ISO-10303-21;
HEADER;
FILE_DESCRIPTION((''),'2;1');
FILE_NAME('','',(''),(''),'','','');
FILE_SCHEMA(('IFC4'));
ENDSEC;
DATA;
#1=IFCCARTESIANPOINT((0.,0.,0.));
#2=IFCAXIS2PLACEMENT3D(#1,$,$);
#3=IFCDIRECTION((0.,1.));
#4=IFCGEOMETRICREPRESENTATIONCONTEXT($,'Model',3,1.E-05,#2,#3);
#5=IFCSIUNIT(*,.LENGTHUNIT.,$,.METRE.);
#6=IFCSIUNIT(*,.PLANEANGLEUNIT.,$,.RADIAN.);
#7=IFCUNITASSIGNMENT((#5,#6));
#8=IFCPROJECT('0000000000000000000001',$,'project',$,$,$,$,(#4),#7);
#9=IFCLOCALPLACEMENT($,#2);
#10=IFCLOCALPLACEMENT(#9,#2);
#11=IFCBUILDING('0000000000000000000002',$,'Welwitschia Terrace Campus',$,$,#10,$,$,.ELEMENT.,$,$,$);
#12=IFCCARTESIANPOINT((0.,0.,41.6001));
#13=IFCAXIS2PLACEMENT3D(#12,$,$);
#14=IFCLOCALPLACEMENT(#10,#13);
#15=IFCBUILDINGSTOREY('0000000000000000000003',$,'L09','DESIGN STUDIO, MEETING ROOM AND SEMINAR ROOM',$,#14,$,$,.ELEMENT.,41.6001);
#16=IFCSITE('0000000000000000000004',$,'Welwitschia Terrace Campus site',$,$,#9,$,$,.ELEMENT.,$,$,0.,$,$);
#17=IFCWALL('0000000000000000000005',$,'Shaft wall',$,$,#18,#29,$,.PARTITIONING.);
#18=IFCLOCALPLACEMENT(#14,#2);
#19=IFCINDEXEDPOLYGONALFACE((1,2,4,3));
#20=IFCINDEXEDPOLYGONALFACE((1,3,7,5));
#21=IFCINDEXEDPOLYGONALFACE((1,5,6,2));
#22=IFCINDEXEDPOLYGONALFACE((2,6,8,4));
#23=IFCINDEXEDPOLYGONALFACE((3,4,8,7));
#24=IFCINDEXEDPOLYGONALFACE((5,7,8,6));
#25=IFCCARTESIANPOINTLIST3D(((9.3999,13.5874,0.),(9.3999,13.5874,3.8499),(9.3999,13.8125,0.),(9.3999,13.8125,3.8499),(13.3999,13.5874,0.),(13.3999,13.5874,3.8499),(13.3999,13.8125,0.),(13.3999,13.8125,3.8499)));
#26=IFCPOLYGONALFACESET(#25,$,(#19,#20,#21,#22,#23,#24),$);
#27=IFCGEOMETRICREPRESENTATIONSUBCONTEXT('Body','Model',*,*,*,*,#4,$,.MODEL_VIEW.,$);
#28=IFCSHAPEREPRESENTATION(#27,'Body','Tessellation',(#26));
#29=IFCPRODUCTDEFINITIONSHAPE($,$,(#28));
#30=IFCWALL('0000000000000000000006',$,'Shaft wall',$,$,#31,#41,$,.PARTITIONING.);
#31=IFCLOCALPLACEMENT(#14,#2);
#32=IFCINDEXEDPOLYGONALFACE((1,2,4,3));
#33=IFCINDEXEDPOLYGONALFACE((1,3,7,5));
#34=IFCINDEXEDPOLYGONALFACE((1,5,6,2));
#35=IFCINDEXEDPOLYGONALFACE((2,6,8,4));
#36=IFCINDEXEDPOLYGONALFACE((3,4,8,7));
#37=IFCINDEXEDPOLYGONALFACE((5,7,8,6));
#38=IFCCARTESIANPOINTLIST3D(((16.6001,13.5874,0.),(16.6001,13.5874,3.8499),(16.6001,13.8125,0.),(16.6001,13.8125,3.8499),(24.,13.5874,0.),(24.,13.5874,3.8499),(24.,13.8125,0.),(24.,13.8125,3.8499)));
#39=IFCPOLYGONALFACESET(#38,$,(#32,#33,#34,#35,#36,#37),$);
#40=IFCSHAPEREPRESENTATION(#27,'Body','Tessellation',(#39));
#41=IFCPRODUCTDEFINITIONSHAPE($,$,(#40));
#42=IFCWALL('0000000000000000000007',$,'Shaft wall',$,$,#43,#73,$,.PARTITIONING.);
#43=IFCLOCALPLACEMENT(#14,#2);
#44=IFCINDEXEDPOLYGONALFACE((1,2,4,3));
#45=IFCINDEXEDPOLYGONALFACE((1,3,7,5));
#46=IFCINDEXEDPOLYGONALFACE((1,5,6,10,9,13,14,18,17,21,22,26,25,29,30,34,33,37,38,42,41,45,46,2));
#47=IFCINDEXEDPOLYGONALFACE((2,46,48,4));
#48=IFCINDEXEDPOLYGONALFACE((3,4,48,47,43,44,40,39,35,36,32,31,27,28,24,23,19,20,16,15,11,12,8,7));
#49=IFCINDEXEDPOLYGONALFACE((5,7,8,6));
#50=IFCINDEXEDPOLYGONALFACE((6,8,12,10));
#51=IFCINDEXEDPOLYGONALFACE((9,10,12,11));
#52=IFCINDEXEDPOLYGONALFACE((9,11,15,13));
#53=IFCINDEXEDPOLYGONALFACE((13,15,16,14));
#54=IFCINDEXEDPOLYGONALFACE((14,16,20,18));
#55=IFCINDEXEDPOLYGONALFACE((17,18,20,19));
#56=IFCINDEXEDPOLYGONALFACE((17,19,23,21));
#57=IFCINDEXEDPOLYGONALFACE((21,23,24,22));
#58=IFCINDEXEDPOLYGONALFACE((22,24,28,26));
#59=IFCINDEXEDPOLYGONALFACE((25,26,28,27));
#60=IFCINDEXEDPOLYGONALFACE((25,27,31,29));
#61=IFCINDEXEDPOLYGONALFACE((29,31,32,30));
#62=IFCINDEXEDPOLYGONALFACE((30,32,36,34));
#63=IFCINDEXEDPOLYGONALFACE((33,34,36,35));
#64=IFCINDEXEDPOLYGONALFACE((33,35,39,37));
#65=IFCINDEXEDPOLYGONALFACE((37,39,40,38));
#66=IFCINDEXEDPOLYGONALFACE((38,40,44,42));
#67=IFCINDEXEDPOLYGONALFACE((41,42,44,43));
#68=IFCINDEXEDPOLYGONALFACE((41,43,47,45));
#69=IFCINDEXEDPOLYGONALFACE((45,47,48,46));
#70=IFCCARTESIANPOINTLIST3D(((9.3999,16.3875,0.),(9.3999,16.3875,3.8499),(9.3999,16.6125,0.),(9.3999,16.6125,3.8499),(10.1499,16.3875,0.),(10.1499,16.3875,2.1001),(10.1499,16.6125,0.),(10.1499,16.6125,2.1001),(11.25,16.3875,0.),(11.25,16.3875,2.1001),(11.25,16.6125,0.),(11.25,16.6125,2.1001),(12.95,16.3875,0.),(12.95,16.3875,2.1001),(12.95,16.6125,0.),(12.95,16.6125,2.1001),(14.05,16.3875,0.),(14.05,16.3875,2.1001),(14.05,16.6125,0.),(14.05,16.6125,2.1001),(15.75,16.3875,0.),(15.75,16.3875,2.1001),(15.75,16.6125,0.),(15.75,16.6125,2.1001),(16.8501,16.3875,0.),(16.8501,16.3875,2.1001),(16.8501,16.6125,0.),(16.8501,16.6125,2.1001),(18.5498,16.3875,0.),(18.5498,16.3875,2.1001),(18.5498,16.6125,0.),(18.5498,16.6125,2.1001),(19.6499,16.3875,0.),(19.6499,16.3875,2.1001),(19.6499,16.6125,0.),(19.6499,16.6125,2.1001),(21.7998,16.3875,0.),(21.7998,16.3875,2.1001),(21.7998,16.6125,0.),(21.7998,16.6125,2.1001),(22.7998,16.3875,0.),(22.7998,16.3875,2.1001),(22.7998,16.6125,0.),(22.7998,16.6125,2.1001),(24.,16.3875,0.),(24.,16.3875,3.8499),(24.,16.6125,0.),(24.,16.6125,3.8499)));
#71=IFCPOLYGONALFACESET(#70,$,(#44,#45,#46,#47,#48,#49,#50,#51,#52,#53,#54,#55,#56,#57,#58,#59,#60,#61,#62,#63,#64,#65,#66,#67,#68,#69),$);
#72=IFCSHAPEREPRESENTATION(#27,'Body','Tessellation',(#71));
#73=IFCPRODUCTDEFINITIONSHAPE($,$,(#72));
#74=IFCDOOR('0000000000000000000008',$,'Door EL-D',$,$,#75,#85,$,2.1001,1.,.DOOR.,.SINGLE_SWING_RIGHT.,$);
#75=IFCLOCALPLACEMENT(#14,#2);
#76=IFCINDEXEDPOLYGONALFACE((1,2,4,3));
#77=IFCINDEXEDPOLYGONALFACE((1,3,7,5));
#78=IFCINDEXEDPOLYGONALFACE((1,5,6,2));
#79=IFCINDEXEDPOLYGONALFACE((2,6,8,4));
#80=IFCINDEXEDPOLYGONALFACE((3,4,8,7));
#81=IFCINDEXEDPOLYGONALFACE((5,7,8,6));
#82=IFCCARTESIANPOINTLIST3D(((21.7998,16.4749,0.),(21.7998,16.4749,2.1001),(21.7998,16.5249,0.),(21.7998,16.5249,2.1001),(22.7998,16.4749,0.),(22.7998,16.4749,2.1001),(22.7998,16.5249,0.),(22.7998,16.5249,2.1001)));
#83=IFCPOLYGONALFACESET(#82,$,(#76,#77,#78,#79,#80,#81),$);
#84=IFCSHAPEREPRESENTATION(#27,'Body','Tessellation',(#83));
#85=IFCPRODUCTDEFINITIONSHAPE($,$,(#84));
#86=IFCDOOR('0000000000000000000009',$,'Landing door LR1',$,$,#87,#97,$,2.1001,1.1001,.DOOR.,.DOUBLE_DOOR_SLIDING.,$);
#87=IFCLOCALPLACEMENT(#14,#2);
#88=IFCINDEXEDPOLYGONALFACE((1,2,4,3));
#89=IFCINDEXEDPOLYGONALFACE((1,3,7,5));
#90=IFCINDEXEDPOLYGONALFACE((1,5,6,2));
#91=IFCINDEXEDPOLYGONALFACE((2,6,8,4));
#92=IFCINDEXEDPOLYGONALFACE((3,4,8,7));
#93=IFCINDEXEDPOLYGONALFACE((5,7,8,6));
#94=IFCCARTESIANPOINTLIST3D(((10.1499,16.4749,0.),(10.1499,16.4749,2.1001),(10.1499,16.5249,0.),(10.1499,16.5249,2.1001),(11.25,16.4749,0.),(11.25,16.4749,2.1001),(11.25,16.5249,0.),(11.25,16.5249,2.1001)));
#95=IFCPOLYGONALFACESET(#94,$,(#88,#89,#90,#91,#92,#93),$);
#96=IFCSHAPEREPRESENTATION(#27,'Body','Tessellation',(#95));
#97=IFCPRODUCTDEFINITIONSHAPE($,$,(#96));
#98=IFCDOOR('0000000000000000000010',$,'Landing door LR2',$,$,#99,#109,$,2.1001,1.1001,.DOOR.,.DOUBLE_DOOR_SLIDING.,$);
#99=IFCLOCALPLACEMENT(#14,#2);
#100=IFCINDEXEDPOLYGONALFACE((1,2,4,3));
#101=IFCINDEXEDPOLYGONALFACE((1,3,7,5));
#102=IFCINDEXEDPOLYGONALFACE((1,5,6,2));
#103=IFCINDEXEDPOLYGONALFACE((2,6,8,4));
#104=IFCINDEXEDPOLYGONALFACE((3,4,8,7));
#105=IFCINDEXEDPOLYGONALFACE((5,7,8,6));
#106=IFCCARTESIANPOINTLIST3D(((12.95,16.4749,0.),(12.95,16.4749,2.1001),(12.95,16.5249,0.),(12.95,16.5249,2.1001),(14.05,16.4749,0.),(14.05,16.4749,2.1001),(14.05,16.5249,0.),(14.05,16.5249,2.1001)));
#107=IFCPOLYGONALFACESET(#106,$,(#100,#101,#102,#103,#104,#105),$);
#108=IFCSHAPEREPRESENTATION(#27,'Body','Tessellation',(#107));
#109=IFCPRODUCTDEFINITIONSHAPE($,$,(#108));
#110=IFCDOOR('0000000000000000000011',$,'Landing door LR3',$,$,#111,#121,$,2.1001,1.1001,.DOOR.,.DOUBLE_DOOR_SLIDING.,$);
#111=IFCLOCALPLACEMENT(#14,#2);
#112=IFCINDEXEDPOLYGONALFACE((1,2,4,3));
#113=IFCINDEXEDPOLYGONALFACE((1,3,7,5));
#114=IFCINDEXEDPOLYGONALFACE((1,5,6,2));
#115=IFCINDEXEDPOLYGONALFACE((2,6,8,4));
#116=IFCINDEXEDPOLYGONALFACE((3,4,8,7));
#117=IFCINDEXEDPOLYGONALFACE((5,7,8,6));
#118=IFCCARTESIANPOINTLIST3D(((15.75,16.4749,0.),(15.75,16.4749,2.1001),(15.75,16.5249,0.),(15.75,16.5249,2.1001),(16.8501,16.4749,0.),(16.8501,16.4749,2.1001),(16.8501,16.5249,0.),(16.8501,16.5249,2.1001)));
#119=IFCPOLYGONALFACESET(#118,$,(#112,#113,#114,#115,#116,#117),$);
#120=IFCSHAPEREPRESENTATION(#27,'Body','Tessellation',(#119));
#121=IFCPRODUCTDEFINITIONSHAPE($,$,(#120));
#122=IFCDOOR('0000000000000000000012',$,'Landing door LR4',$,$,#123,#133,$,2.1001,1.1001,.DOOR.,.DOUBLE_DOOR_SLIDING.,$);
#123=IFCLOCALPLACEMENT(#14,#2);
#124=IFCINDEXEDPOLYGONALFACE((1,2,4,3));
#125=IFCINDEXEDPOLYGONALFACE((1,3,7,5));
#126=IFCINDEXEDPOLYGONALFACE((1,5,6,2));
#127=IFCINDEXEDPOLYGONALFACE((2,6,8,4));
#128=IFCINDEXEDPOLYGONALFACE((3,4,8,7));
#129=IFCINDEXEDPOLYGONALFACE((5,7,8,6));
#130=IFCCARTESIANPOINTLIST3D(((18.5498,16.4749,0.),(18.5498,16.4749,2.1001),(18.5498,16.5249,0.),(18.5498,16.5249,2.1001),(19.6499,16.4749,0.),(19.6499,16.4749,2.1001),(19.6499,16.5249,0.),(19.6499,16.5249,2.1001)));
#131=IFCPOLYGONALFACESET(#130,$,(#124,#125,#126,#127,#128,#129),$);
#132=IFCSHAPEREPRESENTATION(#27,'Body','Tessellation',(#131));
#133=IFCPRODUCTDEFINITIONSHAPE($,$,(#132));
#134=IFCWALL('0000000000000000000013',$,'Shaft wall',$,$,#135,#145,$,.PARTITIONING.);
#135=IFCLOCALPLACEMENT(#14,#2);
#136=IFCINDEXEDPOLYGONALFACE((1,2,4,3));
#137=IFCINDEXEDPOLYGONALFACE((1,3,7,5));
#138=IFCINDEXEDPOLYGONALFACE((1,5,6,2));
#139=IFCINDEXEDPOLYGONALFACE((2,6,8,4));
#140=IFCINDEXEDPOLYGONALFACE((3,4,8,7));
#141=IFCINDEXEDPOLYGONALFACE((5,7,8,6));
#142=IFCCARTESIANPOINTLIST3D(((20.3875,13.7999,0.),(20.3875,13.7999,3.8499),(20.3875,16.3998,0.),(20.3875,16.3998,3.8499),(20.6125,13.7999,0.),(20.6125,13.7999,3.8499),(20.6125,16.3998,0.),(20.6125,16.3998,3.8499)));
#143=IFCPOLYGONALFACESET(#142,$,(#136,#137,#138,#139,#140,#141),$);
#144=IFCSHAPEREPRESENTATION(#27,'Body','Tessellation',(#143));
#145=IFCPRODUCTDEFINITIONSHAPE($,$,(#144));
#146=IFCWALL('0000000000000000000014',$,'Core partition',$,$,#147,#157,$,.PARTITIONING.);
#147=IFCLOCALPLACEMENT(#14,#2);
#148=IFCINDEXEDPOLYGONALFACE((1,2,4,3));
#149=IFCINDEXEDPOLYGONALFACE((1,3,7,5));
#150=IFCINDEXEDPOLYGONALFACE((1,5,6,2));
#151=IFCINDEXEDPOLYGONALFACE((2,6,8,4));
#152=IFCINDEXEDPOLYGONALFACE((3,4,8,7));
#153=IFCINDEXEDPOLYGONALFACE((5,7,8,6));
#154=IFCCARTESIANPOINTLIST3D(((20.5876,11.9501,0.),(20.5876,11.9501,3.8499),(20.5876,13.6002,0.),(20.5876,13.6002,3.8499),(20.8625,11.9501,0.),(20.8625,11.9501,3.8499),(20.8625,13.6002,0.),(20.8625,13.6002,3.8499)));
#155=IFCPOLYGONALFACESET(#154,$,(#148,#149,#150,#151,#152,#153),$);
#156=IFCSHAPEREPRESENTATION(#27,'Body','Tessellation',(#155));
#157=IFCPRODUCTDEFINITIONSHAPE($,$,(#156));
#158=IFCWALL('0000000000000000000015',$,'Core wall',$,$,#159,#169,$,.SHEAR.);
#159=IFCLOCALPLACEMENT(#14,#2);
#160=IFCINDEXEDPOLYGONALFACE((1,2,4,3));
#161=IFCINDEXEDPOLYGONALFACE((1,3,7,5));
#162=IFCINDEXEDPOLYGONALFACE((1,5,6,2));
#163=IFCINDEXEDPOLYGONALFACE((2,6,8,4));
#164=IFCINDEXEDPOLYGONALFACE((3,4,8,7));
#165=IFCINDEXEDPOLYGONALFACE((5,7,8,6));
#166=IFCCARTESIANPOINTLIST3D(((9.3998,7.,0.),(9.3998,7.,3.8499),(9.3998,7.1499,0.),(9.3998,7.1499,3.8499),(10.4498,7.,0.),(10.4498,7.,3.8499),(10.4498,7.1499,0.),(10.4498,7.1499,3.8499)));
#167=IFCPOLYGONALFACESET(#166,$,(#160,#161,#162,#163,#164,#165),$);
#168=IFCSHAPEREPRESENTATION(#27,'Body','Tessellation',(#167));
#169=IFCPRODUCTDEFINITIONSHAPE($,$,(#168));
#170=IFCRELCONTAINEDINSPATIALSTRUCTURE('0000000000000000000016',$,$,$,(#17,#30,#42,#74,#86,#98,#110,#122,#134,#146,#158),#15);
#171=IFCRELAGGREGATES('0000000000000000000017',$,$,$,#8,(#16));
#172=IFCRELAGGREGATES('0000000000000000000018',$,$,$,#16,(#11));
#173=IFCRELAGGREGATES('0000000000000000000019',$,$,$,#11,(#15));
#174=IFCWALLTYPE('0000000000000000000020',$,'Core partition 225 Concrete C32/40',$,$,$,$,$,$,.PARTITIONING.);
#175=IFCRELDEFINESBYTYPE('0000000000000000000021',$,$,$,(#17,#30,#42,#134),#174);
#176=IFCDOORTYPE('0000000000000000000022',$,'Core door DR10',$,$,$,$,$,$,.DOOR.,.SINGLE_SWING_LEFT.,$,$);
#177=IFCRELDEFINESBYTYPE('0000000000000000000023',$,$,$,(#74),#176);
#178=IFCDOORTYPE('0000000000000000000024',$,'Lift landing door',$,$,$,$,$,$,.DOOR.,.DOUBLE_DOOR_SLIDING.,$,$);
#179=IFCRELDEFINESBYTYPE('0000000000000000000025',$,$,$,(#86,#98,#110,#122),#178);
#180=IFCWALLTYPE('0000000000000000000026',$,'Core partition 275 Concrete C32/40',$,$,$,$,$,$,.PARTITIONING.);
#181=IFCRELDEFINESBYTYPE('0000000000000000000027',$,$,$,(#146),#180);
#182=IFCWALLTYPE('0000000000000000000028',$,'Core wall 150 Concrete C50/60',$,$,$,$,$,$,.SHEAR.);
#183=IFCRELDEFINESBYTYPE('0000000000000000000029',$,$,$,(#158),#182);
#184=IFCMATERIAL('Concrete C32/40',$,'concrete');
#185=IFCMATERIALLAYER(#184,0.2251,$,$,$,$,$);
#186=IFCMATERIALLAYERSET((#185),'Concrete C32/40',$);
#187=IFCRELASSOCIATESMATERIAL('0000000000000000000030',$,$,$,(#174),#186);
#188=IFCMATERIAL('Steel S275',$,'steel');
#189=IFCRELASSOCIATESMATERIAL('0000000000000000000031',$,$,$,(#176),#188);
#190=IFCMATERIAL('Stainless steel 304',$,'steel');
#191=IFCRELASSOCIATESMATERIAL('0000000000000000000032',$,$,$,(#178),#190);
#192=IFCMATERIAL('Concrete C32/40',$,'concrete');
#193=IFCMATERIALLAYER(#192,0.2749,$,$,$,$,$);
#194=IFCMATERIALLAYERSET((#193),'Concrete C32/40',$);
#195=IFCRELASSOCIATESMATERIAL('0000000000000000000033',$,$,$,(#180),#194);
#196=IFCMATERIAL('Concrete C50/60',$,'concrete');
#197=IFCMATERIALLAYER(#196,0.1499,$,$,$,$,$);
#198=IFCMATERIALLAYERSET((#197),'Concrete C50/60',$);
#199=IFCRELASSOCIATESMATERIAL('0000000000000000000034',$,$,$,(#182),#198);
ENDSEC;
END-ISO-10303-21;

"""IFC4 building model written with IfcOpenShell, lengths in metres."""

from ifc_helpers import new_model, si_unit, direction, frame, frame_2d, origin, place, context, subcontext, project, spatial, rectangle, extrude, material, layer, layer_set, type_object, element, fill, save


model = new_model("IFC4")

# Units and contexts
model_context = context("Model", 3, precision=1e-05, world=origin(), true_north=direction((0.0, 1.0)))
body_context = subcontext(model_context, "Body", "Model", "MODEL_VIEW")
ifc_project = project(units=[si_unit("LENGTHUNIT", "METRE"), si_unit("PLANEANGLEUNIT", "RADIAN")], contexts=[model_context])

# Site, building, storey
site_placement = place(None, origin())
site = spatial("IfcSite", under=ifc_project, at=site_placement, Name="Welwitschia Terrace Campus site", CompositionType="ELEMENT", RefElevation=0.0)
building_placement = place(site_placement, origin())
building = spatial("IfcBuilding", under=site, at=building_placement, Name="Welwitschia Terrace Campus", CompositionType="ELEMENT")
storey_placement = place(building_placement, frame((0.0, 0.0, 41.6001)))
storey = spatial("IfcBuildingStorey", under=building, at=storey_placement, Name="L09", Description="DESIGN STUDIO, MEETING ROOM AND SEMINAR ROOM", CompositionType="ELEMENT", Elevation=41.6001)

# Walls
ifc_material_1 = material(Name="Concrete C32/40", Category="concrete")
ifc_layer_1 = layer(ifc_material_1, 0.2251)
ifc_layer_set_1 = layer_set([ifc_layer_1], Name="Concrete C32/40")
wall_type_1 = type_object("IfcWallType", Name="Core partition 225 Concrete C32/40", PredefinedType="PARTITIONING", material=ifc_layer_set_1)
wall_1_placement = place(storey_placement, frame((9.3999, 13.7, 0.0), z_axis=(0.0, 0.0, 1.0), x_axis=(1.0, 0.0, 0.0)))
element("IfcWall", 1, at=wall_1_placement, inside=storey, type_object=wall_type_1, Name="Shaft wall", PredefinedType="PARTITIONING", context=body_context, shape_type="SweptSolid", body=[
    extrude(rectangle(XDim=4.0, YDim=0.2251, at=frame_2d((2.0, 0.0))), origin(), (0.0, 0.0, 1.0), 3.8499),
])
wall_2_placement = place(storey_placement, frame((16.6001, 13.7, 0.0), z_axis=(0.0, 0.0, 1.0), x_axis=(1.0, 0.0, 0.0)))
element("IfcWall", 2, at=wall_2_placement, inside=storey, type_object=wall_type_1, Name="Shaft wall", PredefinedType="PARTITIONING", context=body_context, shape_type="SweptSolid", body=[
    extrude(rectangle(XDim=7.3999, YDim=0.2251, at=frame_2d((3.7, 0.0))), origin(), (0.0, 0.0, 1.0), 3.8499),
])

# Wall, openings, doors
wall_3_placement = place(storey_placement, frame((9.3999, 16.5, 0.0), z_axis=(0.0, 0.0, 1.0), x_axis=(1.0, 0.0, 0.0)))
wall_3 = element("IfcWall", 3, at=wall_3_placement, inside=storey, type_object=wall_type_1, Name="Shaft wall", PredefinedType="PARTITIONING", context=body_context, shape_type="SweptSolid", body=[
    extrude(rectangle(XDim=14.6001, YDim=0.2251, at=frame_2d((7.3, 0.0))), origin(), (0.0, 0.0, 1.0), 3.8499),
])
opening_1_placement = place(wall_3_placement, frame((0.75, 0.0, 0.0)))
opening_1 = element("IfcOpeningElement", 4, at=opening_1_placement, cuts=wall_3, PredefinedType="OPENING", context=body_context, shape_type="SweptSolid", body=[
    extrude(rectangle(XDim=1.1001, YDim=2.1001, at=frame_2d((0.55, 1.05))), frame((0.0, 0.1226, 0.0), z_axis=(0.0, -1.0, 0.0), x_axis=(1.0, 0.0, 0.0)), (0.0, 0.0, 1.0), 0.2451),
])
opening_2_placement = place(wall_3_placement, frame((3.55, 0.0, 0.0)))
opening_2 = element("IfcOpeningElement", 5, at=opening_2_placement, cuts=wall_3, PredefinedType="OPENING", context=body_context, shape_type="SweptSolid", body=[
    extrude(rectangle(XDim=1.1001, YDim=2.1001, at=frame_2d((0.55, 1.05))), frame((0.0, 0.1226, 0.0), z_axis=(0.0, -1.0, 0.0), x_axis=(1.0, 0.0, 0.0)), (0.0, 0.0, 1.0), 0.2451),
])
opening_3_placement = place(wall_3_placement, frame((6.3501, 0.0, 0.0)))
opening_3 = element("IfcOpeningElement", 6, at=opening_3_placement, cuts=wall_3, PredefinedType="OPENING", context=body_context, shape_type="SweptSolid", body=[
    extrude(rectangle(XDim=1.1001, YDim=2.1001, at=frame_2d((0.55, 1.05))), frame((0.0, 0.1226, 0.0), z_axis=(0.0, -1.0, 0.0), x_axis=(1.0, 0.0, 0.0)), (0.0, 0.0, 1.0), 0.2451),
])
opening_4_placement = place(wall_3_placement, frame((9.1499, 0.0, 0.0)))
opening_4 = element("IfcOpeningElement", 7, at=opening_4_placement, cuts=wall_3, PredefinedType="OPENING", context=body_context, shape_type="SweptSolid", body=[
    extrude(rectangle(XDim=1.1001, YDim=2.1001, at=frame_2d((0.55, 1.05))), frame((0.0, 0.1226, 0.0), z_axis=(0.0, -1.0, 0.0), x_axis=(1.0, 0.0, 0.0)), (0.0, 0.0, 1.0), 0.2451),
])
opening_5_placement = place(wall_3_placement, frame((12.3999, 0.0, 0.0)))
opening_5 = element("IfcOpeningElement", 8, at=opening_5_placement, cuts=wall_3, PredefinedType="OPENING", context=body_context, shape_type="SweptSolid", body=[
    extrude(rectangle(XDim=1.0, YDim=2.1001, at=frame_2d((0.5, 1.05))), frame((0.0, 0.1226, 0.0), z_axis=(0.0, -1.0, 0.0), x_axis=(1.0, 0.0, 0.0)), (0.0, 0.0, 1.0), 0.2451),
])
ifc_material_2 = material(Name="Steel S275", Category="steel")
door_type_1 = type_object("IfcDoorType", Name="Core door DR10", OperationType="SINGLE_SWING_LEFT", PredefinedType="DOOR", material=ifc_material_2)
door_1_placement = place(opening_5_placement, origin())
door_1 = element("IfcDoor", 9, at=door_1_placement, inside=storey, type_object=door_type_1, Name="Door EL-D", OperationType="SINGLE_SWING_RIGHT", OverallHeight=2.1001, OverallWidth=1.0, PredefinedType="DOOR", context=body_context, shape_type="SweptSolid", body=[
    extrude(rectangle(XDim=1.0, YDim=2.1001, at=frame_2d((0.5, 1.05))), frame((0.0, 0.0249, 0.0), z_axis=(0.0, -1.0, 0.0), x_axis=(1.0, 0.0, 0.0)), (0.0, 0.0, 1.0), 0.05),
])
fill(opening_5, door_1)
ifc_material_3 = material(Name="Stainless steel 304", Category="steel")
door_type_2 = type_object("IfcDoorType", Name="Lift landing door", OperationType="DOUBLE_DOOR_SLIDING", PredefinedType="DOOR", material=ifc_material_3)
door_2_placement = place(opening_1_placement, origin())
door_2 = element("IfcDoor", 10, at=door_2_placement, inside=storey, type_object=door_type_2, Name="Landing door LR1", OperationType="DOUBLE_DOOR_SLIDING", OverallHeight=2.1001, OverallWidth=1.1001, PredefinedType="DOOR", context=body_context, shape_type="SweptSolid", body=[
    extrude(rectangle(XDim=1.1001, YDim=2.1001, at=frame_2d((0.55, 1.05))), frame((0.0, 0.0249, 0.0), z_axis=(0.0, -1.0, 0.0), x_axis=(1.0, 0.0, 0.0)), (0.0, 0.0, 1.0), 0.05),
])
fill(opening_1, door_2)
door_3_placement = place(opening_2_placement, origin())
door_3 = element("IfcDoor", 11, at=door_3_placement, inside=storey, type_object=door_type_2, Name="Landing door LR2", OperationType="DOUBLE_DOOR_SLIDING", OverallHeight=2.1001, OverallWidth=1.1001, PredefinedType="DOOR", context=body_context, shape_type="SweptSolid", body=[
    extrude(rectangle(XDim=1.1001, YDim=2.1001, at=frame_2d((0.55, 1.05))), frame((0.0, 0.0249, 0.0), z_axis=(0.0, -1.0, 0.0), x_axis=(1.0, 0.0, 0.0)), (0.0, 0.0, 1.0), 0.05),
])
fill(opening_2, door_3)
door_4_placement = place(opening_3_placement, origin())
door_4 = element("IfcDoor", 12, at=door_4_placement, inside=storey, type_object=door_type_2, Name="Landing door LR3", OperationType="DOUBLE_DOOR_SLIDING", OverallHeight=2.1001, OverallWidth=1.1001, PredefinedType="DOOR", context=body_context, shape_type="SweptSolid", body=[
    extrude(rectangle(XDim=1.1001, YDim=2.1001, at=frame_2d((0.55, 1.05))), frame((0.0, 0.0249, 0.0), z_axis=(0.0, -1.0, 0.0), x_axis=(1.0, 0.0, 0.0)), (0.0, 0.0, 1.0), 0.05),
])
fill(opening_3, door_4)
door_5_placement = place(opening_4_placement, origin())
door_5 = element("IfcDoor", 13, at=door_5_placement, inside=storey, type_object=door_type_2, Name="Landing door LR4", OperationType="DOUBLE_DOOR_SLIDING", OverallHeight=2.1001, OverallWidth=1.1001, PredefinedType="DOOR", context=body_context, shape_type="SweptSolid", body=[
    extrude(rectangle(XDim=1.1001, YDim=2.1001, at=frame_2d((0.55, 1.05))), frame((0.0, 0.0249, 0.0), z_axis=(0.0, -1.0, 0.0), x_axis=(1.0, 0.0, 0.0)), (0.0, 0.0, 1.0), 0.05),
])
fill(opening_4, door_5)

# Walls
wall_4_placement = place(storey_placement, frame((20.5, 13.8, 0.0), z_axis=(0.0, 0.0, 1.0), x_axis=(0.0, 1.0, 0.0)))
element("IfcWall", 14, at=wall_4_placement, inside=storey, type_object=wall_type_1, Name="Shaft wall", PredefinedType="PARTITIONING", context=body_context, shape_type="SweptSolid", body=[
    extrude(rectangle(XDim=2.5999, YDim=0.2251, at=frame_2d((1.2998, 0.0))), origin(), (0.0, 0.0, 1.0), 3.8499),
])
ifc_material_4 = material(Name="Concrete C32/40", Category="concrete")
ifc_layer_2 = layer(ifc_material_4, 0.2749)
ifc_layer_set_2 = layer_set([ifc_layer_2], Name="Concrete C32/40")
wall_type_2 = type_object("IfcWallType", Name="Core partition 275 Concrete C32/40", PredefinedType="PARTITIONING", material=ifc_layer_set_2)
wall_5_placement = place(storey_placement, frame((20.7251, 11.95, 0.0), z_axis=(0.0, 0.0, 1.0), x_axis=(0.0, 1.0, 0.0)))
element("IfcWall", 15, at=wall_5_placement, inside=storey, type_object=wall_type_2, Name="Core partition", PredefinedType="PARTITIONING", context=body_context, shape_type="SweptSolid", body=[
    extrude(rectangle(XDim=1.6501, YDim=0.2749, at=frame_2d((0.8252, 0.0))), origin(), (0.0, 0.0, 1.0), 3.8499),
])
ifc_material_5 = material(Name="Concrete C50/60", Category="concrete")
ifc_layer_3 = layer(ifc_material_5, 0.1499)
ifc_layer_set_3 = layer_set([ifc_layer_3], Name="Concrete C50/60")
wall_type_3 = type_object("IfcWallType", Name="Core wall 150 Concrete C50/60", PredefinedType="SHEAR", material=ifc_layer_set_3)
for number, where, z_axis, x_axis, name in (
    (16, (9.3999, 7.075, 0.0), (0.0, 0.0, 1.0), (1.0, 0.0, 0.0), "Core wall"),
):
    element("IfcWall", number, at=place(storey_placement, frame(where, z_axis=z_axis, x_axis=x_axis)), inside=storey, type_object=wall_type_3, Name=name, PredefinedType="SHEAR", context=body_context, shape_type="SweptSolid", body=[
        extrude(rectangle(XDim=1.05, YDim=0.1499, at=frame_2d((0.5249, 0.0))), origin(), (0.0, 0.0, 1.0), 3.8499),
    ])

save(model, "model.ifc")
